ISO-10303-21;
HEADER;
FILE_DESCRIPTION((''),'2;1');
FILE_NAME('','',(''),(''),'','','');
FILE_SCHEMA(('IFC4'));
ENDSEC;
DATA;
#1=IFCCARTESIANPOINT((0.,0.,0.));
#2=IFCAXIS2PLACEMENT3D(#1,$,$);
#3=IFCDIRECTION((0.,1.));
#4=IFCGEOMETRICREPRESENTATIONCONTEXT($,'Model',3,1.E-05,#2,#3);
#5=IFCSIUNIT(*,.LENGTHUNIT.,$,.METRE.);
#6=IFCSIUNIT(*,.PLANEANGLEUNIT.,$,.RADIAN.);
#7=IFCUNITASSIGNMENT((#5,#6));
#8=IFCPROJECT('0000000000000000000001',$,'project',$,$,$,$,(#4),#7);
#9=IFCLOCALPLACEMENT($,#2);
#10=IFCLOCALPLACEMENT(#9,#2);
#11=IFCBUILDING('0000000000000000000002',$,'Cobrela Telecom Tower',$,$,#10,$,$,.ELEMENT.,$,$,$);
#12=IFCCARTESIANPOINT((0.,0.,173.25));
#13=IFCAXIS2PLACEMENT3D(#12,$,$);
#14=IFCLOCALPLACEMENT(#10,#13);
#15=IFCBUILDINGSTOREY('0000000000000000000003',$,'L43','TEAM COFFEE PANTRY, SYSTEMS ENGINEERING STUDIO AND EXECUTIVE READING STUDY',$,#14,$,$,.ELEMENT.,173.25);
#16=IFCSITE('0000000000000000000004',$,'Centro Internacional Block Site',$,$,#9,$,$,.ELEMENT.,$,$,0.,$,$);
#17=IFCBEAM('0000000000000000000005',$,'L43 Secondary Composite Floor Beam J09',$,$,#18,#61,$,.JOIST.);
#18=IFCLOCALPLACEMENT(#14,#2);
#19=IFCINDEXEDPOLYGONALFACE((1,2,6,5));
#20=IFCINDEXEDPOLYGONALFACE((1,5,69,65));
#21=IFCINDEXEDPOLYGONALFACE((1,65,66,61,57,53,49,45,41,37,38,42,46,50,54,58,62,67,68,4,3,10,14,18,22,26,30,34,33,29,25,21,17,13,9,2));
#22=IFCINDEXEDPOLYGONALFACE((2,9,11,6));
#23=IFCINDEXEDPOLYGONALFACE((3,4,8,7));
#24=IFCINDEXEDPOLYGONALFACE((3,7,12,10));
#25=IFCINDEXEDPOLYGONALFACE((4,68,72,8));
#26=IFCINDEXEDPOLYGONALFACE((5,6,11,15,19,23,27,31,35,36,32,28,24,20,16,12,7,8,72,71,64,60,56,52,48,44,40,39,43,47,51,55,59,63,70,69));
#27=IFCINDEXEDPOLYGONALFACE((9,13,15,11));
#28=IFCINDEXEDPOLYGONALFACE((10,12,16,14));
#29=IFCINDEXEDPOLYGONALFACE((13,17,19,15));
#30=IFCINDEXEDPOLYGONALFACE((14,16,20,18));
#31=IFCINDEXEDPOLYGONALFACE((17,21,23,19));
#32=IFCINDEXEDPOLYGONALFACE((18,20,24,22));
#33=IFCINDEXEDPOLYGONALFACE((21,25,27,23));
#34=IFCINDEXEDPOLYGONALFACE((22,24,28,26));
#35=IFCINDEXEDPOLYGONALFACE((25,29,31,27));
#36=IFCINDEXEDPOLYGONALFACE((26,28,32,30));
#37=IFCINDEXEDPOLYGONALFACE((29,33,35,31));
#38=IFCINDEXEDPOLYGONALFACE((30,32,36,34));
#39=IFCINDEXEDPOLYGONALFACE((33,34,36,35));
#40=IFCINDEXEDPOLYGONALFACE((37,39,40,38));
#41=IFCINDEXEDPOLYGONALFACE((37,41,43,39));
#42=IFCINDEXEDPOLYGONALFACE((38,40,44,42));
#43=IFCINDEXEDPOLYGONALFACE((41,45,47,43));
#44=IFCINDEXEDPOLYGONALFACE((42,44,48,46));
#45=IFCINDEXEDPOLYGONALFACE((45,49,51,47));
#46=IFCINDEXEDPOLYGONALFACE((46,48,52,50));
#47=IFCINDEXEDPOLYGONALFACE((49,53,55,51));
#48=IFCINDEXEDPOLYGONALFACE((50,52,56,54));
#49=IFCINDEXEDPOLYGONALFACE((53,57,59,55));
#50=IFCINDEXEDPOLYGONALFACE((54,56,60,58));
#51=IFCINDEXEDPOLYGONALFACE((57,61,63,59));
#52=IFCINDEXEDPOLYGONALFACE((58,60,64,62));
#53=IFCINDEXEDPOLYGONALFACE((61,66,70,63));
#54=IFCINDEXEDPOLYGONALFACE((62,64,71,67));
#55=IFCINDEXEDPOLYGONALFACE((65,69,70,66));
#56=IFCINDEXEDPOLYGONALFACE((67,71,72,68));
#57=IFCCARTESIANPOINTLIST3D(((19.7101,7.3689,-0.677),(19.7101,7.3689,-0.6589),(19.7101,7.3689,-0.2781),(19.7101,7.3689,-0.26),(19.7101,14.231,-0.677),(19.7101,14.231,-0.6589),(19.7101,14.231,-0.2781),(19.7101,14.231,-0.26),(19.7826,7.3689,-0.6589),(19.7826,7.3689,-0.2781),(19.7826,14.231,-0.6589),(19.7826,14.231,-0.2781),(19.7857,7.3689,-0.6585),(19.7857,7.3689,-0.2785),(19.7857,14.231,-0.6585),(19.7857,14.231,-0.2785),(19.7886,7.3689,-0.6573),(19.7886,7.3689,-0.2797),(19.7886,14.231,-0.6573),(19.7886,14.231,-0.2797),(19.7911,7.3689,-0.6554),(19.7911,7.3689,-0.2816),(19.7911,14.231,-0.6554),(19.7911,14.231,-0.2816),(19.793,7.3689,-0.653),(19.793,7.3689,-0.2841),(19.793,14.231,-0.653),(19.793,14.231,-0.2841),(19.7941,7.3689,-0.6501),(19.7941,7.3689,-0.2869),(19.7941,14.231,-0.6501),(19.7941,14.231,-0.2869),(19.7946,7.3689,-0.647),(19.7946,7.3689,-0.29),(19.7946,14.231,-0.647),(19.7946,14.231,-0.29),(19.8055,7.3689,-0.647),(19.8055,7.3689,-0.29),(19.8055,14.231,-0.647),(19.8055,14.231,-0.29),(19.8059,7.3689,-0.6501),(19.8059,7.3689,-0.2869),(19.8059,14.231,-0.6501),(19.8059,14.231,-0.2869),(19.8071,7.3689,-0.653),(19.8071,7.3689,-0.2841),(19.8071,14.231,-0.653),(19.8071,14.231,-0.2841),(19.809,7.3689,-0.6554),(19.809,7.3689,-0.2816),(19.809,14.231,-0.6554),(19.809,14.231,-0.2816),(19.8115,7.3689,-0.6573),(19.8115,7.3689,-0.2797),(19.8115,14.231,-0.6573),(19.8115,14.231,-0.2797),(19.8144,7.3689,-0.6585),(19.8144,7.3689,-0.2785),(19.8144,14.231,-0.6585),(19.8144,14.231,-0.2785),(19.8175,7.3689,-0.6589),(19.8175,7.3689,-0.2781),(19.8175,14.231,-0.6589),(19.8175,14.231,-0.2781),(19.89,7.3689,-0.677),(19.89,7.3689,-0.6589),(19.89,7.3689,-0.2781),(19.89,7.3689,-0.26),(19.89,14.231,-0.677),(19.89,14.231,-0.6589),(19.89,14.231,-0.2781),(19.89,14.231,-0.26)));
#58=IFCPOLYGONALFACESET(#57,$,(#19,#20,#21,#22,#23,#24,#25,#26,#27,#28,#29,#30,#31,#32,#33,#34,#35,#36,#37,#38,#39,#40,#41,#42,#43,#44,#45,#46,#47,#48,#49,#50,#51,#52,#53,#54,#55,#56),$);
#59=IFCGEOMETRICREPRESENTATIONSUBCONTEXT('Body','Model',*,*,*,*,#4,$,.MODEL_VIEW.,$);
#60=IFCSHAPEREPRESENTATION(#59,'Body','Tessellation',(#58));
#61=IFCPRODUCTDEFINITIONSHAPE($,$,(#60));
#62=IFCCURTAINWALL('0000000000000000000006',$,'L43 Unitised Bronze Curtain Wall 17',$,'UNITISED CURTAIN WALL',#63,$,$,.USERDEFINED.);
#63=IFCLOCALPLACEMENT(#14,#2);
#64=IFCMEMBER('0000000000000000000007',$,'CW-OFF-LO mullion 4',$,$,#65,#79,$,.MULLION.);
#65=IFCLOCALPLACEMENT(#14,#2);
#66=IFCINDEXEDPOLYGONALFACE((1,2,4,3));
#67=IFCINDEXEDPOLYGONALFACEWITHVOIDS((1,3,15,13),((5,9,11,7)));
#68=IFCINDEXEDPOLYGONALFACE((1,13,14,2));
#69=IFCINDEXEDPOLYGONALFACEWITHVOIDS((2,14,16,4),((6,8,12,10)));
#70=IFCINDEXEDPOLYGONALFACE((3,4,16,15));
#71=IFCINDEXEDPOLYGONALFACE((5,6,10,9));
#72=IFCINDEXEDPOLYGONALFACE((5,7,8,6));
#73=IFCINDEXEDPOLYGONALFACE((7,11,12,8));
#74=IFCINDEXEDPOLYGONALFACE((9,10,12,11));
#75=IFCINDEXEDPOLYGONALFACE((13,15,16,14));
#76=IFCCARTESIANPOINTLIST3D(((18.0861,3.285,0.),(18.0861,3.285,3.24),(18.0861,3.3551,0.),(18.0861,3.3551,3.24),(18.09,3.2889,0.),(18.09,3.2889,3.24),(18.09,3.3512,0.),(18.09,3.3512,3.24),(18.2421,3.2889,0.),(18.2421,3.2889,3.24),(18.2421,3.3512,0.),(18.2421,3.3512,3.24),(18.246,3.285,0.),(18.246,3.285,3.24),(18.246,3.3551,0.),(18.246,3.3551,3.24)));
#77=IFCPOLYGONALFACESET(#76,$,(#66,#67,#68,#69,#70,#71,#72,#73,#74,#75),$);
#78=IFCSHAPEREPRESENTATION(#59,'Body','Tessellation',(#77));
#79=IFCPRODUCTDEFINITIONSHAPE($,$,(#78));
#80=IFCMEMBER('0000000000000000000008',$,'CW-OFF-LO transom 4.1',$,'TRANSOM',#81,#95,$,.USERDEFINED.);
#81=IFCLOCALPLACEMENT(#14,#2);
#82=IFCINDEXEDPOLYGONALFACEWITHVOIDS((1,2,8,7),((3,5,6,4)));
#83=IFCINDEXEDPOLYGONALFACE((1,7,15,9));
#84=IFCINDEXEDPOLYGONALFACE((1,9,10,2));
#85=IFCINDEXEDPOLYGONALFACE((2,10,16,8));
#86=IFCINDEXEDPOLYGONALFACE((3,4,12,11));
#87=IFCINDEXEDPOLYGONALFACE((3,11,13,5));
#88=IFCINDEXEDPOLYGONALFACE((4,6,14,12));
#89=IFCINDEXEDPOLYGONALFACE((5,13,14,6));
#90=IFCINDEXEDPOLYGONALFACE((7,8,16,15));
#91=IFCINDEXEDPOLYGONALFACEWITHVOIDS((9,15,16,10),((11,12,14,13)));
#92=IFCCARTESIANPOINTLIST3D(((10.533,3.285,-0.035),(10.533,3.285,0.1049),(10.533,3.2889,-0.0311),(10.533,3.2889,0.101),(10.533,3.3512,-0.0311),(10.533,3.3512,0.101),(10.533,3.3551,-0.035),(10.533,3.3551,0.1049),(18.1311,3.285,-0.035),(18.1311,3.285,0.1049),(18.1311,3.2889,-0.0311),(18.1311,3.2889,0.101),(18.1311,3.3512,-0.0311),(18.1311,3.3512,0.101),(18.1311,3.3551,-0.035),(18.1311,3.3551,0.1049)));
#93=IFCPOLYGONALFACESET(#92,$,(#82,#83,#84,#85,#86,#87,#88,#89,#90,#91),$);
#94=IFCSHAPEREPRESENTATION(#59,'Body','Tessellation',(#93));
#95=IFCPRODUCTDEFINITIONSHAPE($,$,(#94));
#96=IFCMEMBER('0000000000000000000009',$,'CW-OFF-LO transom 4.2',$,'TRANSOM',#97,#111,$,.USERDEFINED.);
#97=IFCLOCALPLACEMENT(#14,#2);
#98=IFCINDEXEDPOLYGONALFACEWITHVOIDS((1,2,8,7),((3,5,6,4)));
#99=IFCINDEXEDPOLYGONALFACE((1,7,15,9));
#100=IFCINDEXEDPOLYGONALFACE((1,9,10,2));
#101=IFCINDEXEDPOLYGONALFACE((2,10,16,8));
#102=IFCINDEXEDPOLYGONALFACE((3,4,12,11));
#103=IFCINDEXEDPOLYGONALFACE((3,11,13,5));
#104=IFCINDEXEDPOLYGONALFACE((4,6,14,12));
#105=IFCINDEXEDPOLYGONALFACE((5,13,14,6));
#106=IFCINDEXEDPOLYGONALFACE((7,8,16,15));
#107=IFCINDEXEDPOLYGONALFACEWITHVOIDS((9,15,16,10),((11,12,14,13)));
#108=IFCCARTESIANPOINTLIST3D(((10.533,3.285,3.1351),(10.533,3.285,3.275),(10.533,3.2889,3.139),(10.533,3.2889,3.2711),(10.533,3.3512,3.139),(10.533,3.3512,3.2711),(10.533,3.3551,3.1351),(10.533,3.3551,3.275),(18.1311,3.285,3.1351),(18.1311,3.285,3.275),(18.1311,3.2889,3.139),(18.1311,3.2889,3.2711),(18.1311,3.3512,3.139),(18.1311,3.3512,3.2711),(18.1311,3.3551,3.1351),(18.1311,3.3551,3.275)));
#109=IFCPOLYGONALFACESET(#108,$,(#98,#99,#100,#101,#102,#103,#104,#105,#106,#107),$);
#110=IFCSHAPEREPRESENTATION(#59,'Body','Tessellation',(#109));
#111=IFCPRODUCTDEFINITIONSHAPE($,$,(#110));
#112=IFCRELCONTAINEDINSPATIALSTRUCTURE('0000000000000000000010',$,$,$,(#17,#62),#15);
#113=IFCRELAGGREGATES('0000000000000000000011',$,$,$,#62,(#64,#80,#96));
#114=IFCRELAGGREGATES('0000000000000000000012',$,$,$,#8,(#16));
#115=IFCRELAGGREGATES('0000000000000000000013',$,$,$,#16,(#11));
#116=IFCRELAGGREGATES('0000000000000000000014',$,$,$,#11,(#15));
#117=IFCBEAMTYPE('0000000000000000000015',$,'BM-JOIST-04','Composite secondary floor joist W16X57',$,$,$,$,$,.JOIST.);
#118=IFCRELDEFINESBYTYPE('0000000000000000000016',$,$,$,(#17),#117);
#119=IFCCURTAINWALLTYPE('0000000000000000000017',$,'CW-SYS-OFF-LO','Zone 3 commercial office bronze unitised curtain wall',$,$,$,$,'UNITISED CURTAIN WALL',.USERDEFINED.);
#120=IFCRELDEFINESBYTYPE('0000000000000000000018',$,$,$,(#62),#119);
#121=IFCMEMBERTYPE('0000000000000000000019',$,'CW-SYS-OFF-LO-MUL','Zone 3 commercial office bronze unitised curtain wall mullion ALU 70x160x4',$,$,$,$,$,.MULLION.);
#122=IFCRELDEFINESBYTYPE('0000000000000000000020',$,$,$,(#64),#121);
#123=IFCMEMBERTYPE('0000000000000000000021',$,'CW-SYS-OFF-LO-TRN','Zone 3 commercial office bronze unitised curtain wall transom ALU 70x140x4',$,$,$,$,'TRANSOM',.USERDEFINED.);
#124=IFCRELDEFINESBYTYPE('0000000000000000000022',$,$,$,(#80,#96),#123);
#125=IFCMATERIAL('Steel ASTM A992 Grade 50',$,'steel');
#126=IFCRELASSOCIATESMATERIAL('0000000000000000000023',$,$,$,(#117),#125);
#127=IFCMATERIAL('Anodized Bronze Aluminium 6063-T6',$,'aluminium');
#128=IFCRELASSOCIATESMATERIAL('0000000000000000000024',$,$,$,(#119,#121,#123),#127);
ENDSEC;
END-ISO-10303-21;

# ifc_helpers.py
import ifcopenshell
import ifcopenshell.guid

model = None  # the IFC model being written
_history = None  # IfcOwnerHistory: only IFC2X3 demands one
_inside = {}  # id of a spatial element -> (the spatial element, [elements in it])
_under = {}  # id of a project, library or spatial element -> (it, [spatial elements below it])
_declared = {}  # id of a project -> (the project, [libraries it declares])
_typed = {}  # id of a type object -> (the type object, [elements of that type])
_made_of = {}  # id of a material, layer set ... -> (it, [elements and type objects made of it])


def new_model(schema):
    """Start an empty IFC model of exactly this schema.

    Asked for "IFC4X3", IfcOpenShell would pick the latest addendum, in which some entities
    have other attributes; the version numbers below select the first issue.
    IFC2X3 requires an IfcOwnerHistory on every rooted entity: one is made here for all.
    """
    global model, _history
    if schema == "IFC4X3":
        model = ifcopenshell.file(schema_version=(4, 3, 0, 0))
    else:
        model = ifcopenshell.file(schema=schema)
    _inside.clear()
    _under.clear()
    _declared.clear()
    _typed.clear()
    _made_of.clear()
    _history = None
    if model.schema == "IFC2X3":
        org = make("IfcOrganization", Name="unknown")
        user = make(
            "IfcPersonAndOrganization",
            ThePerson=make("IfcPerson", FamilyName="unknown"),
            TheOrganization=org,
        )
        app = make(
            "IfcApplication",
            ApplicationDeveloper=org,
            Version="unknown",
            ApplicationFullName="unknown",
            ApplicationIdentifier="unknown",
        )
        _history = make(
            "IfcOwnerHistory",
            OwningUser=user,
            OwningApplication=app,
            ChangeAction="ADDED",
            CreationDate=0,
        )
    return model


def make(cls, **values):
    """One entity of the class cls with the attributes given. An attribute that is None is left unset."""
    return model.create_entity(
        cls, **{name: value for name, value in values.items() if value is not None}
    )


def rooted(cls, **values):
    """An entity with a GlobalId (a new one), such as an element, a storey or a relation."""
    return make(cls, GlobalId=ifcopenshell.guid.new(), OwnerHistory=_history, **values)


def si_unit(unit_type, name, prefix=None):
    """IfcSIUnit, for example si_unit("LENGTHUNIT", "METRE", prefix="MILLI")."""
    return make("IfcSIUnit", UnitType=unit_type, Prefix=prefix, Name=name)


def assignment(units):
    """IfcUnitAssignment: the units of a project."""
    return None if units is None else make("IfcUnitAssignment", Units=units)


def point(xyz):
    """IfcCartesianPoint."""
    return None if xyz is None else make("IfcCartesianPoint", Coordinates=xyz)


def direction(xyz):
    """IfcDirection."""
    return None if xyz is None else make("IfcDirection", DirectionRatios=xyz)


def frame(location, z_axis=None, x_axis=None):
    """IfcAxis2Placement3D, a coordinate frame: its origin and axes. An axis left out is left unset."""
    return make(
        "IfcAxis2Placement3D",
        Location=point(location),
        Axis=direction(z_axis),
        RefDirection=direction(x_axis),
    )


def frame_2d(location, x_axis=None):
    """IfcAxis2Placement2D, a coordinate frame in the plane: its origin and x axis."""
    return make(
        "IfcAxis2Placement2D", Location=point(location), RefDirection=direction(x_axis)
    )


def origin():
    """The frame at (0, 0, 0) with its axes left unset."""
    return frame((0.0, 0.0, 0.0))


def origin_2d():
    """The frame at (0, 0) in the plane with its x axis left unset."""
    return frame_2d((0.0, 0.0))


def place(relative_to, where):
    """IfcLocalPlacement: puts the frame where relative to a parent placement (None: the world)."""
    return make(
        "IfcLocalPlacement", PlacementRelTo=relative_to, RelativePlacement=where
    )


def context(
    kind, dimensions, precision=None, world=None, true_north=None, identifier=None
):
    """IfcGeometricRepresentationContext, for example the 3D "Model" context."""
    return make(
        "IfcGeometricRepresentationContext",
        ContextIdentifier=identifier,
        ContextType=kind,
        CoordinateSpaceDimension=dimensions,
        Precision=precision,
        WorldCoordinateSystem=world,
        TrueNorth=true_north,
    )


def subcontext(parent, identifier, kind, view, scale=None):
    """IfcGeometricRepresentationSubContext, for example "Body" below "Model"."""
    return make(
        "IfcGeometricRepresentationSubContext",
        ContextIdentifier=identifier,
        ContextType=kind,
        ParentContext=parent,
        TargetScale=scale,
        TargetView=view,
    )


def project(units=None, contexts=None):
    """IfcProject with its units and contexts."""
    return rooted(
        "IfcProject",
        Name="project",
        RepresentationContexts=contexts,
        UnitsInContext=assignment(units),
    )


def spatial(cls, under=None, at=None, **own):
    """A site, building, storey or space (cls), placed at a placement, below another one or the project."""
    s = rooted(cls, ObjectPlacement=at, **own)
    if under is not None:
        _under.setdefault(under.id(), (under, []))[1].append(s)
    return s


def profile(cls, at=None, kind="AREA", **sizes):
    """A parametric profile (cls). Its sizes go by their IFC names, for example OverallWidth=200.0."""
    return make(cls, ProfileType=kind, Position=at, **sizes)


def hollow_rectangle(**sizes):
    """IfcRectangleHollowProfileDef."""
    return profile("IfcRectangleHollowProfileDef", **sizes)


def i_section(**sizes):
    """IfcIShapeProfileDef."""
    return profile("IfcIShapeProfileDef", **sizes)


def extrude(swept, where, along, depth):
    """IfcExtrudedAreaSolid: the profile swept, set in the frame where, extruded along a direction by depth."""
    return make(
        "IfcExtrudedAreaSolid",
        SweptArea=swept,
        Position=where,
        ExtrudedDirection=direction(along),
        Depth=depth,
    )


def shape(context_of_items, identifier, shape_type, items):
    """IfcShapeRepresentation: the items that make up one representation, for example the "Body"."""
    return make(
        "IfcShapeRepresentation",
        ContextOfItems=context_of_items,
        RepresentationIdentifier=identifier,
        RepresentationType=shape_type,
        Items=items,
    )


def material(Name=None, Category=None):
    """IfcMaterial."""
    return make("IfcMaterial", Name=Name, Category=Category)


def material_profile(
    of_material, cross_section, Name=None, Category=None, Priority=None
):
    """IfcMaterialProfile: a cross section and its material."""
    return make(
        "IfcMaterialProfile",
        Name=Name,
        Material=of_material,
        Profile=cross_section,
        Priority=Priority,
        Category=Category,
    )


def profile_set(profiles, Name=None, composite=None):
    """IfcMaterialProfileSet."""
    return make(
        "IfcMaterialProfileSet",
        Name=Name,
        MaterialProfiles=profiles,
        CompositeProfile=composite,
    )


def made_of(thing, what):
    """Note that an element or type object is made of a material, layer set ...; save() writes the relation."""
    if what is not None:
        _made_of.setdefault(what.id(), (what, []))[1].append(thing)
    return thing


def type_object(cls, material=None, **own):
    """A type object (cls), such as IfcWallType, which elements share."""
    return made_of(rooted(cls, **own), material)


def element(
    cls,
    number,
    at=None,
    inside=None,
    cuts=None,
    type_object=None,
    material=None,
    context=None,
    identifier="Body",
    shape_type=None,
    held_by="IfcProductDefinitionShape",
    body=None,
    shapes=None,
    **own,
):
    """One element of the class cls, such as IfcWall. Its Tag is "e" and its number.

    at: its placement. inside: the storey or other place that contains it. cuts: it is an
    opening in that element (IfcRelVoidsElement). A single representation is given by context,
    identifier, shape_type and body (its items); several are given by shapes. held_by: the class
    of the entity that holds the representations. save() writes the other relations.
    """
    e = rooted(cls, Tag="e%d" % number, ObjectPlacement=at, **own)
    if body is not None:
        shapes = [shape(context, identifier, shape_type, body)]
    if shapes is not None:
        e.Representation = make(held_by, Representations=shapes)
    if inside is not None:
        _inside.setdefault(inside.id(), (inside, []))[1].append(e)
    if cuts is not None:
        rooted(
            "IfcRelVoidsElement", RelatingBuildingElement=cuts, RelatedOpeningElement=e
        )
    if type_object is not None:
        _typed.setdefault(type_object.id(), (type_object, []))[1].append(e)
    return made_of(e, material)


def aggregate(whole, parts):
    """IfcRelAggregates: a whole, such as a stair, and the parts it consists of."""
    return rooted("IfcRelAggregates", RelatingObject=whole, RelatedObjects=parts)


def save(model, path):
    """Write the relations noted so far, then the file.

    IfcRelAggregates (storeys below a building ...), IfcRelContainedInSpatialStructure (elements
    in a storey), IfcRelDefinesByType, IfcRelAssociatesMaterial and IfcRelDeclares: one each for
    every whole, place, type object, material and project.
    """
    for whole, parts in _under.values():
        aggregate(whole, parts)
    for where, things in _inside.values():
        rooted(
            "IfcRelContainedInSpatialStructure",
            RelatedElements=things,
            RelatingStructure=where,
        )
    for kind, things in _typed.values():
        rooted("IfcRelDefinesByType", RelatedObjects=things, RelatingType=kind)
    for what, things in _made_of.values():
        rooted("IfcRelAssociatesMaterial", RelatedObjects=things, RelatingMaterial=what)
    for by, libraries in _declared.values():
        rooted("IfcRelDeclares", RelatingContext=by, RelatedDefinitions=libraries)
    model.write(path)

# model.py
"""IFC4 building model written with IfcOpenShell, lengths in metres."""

from ifc_helpers import new_model, si_unit, direction, frame, origin, origin_2d, place, context, subcontext, project, spatial, hollow_rectangle, i_section, extrude, material, material_profile, profile_set, type_object, element, aggregate, save


model = new_model("IFC4")

# Units and contexts
model_context = context("Model", 3, precision=1e-05, world=origin(), true_north=direction((0.0, 1.0)))
body_context = subcontext(model_context, "Body", "Model", "MODEL_VIEW")
ifc_project = project(units=[si_unit("LENGTHUNIT", "METRE"), si_unit("PLANEANGLEUNIT", "RADIAN")], contexts=[model_context])

# Site, building, storey
site_placement = place(None, origin())
site = spatial("IfcSite", under=ifc_project, at=site_placement, Name="Centro Internacional Block Site", CompositionType="ELEMENT", RefElevation=0.0)
building_placement = place(site_placement, origin())
building = spatial("IfcBuilding", under=site, at=building_placement, Name="Cobrela Telecom Tower", CompositionType="ELEMENT")
storey_placement = place(building_placement, frame((0.0, 0.0, 173.25)))
storey = spatial("IfcBuildingStorey", under=building, at=storey_placement, Name="L43", Description="TEAM COFFEE PANTRY, SYSTEMS ENGINEERING STUDIO AND EXECUTIVE READING STUDY", CompositionType="ELEMENT", Elevation=173.25)

# Shared definitions
ifc_material_1 = material(Name="Steel ASTM A992 Grade 50", Category="steel")

# Beam
ifc_material_profile_1 = material_profile(ifc_material_1, i_section(OverallWidth=0.1799, OverallDepth=0.417, WebThickness=0.011, FlangeThickness=0.0181, FilletRadius=0.012, at=origin_2d()), Name="W16X57")
ifc_profile_set_1 = profile_set([ifc_material_profile_1], Name="Steel ASTM A992 Grade 50")
beam_type_1 = type_object("IfcBeamType", Name="BM-JOIST-04", Description="Composite secondary floor joist W16X57", PredefinedType="JOIST", material=ifc_profile_set_1)
for number, where, z_axis, x_axis, name in (
    (1, (19.8, 7.3689, -0.4685), (0.0, 1.0, 0.0), (-1.0, 0.0, 0.0), "L43 Secondary Composite Floor Beam J09"),
):
    element("IfcBeam", number, at=place(storey_placement, frame(where, z_axis=z_axis, x_axis=x_axis)), inside=storey, type_object=beam_type_1, Name=name, PredefinedType="JOIST", context=body_context, shape_type="SweptSolid", body=[
        extrude(i_section(OverallWidth=0.1799, OverallDepth=0.417, WebThickness=0.011, FlangeThickness=0.0181, FilletRadius=0.012, at=origin_2d()), origin(), (0.0, 0.0, 1.0), 6.8621),
    ])

# Curtain wall, members
ifc_material_2 = material(Name="Anodized Bronze Aluminium 6063-T6", Category="aluminium")
curtain_wall_type = type_object("IfcCurtainWallType", Name="CW-SYS-OFF-LO", Description="Zone 3 commercial office bronze unitised curtain wall", ElementType="UNITISED CURTAIN WALL", PredefinedType="USERDEFINED", material=ifc_material_2)
curtain_wall_placement = place(storey_placement, origin())
curtain_wall = element("IfcCurtainWall", 2, at=curtain_wall_placement, inside=storey, type_object=curtain_wall_type, Name="L43 Unitised Bronze Curtain Wall 17", ObjectType="UNITISED CURTAIN WALL", PredefinedType="USERDEFINED")
ifc_material_profile_2 = material_profile(ifc_material_2, hollow_rectangle(XDim=0.0701, YDim=0.1599, WallThickness=0.0039, at=origin_2d()), Name="ALU 70x160x4")
ifc_profile_set_2 = profile_set([ifc_material_profile_2], Name="Anodized Bronze Aluminium 6063-T6")
member_type_1 = type_object("IfcMemberType", Name="CW-SYS-OFF-LO-MUL", Description="Zone 3 commercial office bronze unitised curtain wall mullion ALU 70x160x4", PredefinedType="MULLION", material=ifc_profile_set_2)
member_1_placement = place(storey_placement, frame((18.166, 3.3201, 0.0), z_axis=(0.0, 0.0, 1.0), x_axis=(0.0, -1.0, 0.0)))
member_1 = element("IfcMember", 3, at=member_1_placement, type_object=member_type_1, Name="CW-OFF-LO mullion 4", PredefinedType="MULLION", context=body_context, shape_type="SweptSolid", body=[
    extrude(hollow_rectangle(XDim=0.0701, YDim=0.1599, WallThickness=0.0039, at=origin_2d()), origin(), (0.0, 0.0, 1.0), 3.24),
])
ifc_material_profile_3 = material_profile(ifc_material_2, hollow_rectangle(XDim=0.0701, YDim=0.1399, WallThickness=0.0039, at=origin_2d()), Name="ALU 70x140x4")
ifc_profile_set_3 = profile_set([ifc_material_profile_3], Name="Anodized Bronze Aluminium 6063-T6")
member_type_2 = type_object("IfcMemberType", Name="CW-SYS-OFF-LO-TRN", Description="Zone 3 commercial office bronze unitised curtain wall transom ALU 70x140x4", ElementType="TRANSOM", PredefinedType="USERDEFINED", material=ifc_profile_set_3)
member_2_placement = place(storey_placement, frame((18.1311, 3.3201, 0.0349), z_axis=(-1.0, 0.0, 0.0), x_axis=(0.0, -1.0, 0.0)))
member_2 = element("IfcMember", 4, at=member_2_placement, type_object=member_type_2, Name="CW-OFF-LO transom 4.1", ObjectType="TRANSOM", PredefinedType="USERDEFINED", context=body_context, shape_type="SweptSolid", body=[
    extrude(hollow_rectangle(XDim=0.0701, YDim=0.1399, WallThickness=0.0039, at=origin_2d()), origin(), (0.0, 0.0, 1.0), 7.5981),
])
member_3_placement = place(storey_placement, frame((18.1311, 3.3201, 3.2051), z_axis=(-1.0, 0.0, 0.0), x_axis=(0.0, -1.0, 0.0)))
member_3 = element("IfcMember", 5, at=member_3_placement, type_object=member_type_2, Name="CW-OFF-LO transom 4.2", ObjectType="TRANSOM", PredefinedType="USERDEFINED", context=body_context, shape_type="SweptSolid", body=[
    extrude(hollow_rectangle(XDim=0.0701, YDim=0.1399, WallThickness=0.0039, at=origin_2d()), origin(), (0.0, 0.0, 1.0), 7.5981),
])
aggregate(curtain_wall, [member_1, member_2, member_3])

save(model, "model.ifc")
